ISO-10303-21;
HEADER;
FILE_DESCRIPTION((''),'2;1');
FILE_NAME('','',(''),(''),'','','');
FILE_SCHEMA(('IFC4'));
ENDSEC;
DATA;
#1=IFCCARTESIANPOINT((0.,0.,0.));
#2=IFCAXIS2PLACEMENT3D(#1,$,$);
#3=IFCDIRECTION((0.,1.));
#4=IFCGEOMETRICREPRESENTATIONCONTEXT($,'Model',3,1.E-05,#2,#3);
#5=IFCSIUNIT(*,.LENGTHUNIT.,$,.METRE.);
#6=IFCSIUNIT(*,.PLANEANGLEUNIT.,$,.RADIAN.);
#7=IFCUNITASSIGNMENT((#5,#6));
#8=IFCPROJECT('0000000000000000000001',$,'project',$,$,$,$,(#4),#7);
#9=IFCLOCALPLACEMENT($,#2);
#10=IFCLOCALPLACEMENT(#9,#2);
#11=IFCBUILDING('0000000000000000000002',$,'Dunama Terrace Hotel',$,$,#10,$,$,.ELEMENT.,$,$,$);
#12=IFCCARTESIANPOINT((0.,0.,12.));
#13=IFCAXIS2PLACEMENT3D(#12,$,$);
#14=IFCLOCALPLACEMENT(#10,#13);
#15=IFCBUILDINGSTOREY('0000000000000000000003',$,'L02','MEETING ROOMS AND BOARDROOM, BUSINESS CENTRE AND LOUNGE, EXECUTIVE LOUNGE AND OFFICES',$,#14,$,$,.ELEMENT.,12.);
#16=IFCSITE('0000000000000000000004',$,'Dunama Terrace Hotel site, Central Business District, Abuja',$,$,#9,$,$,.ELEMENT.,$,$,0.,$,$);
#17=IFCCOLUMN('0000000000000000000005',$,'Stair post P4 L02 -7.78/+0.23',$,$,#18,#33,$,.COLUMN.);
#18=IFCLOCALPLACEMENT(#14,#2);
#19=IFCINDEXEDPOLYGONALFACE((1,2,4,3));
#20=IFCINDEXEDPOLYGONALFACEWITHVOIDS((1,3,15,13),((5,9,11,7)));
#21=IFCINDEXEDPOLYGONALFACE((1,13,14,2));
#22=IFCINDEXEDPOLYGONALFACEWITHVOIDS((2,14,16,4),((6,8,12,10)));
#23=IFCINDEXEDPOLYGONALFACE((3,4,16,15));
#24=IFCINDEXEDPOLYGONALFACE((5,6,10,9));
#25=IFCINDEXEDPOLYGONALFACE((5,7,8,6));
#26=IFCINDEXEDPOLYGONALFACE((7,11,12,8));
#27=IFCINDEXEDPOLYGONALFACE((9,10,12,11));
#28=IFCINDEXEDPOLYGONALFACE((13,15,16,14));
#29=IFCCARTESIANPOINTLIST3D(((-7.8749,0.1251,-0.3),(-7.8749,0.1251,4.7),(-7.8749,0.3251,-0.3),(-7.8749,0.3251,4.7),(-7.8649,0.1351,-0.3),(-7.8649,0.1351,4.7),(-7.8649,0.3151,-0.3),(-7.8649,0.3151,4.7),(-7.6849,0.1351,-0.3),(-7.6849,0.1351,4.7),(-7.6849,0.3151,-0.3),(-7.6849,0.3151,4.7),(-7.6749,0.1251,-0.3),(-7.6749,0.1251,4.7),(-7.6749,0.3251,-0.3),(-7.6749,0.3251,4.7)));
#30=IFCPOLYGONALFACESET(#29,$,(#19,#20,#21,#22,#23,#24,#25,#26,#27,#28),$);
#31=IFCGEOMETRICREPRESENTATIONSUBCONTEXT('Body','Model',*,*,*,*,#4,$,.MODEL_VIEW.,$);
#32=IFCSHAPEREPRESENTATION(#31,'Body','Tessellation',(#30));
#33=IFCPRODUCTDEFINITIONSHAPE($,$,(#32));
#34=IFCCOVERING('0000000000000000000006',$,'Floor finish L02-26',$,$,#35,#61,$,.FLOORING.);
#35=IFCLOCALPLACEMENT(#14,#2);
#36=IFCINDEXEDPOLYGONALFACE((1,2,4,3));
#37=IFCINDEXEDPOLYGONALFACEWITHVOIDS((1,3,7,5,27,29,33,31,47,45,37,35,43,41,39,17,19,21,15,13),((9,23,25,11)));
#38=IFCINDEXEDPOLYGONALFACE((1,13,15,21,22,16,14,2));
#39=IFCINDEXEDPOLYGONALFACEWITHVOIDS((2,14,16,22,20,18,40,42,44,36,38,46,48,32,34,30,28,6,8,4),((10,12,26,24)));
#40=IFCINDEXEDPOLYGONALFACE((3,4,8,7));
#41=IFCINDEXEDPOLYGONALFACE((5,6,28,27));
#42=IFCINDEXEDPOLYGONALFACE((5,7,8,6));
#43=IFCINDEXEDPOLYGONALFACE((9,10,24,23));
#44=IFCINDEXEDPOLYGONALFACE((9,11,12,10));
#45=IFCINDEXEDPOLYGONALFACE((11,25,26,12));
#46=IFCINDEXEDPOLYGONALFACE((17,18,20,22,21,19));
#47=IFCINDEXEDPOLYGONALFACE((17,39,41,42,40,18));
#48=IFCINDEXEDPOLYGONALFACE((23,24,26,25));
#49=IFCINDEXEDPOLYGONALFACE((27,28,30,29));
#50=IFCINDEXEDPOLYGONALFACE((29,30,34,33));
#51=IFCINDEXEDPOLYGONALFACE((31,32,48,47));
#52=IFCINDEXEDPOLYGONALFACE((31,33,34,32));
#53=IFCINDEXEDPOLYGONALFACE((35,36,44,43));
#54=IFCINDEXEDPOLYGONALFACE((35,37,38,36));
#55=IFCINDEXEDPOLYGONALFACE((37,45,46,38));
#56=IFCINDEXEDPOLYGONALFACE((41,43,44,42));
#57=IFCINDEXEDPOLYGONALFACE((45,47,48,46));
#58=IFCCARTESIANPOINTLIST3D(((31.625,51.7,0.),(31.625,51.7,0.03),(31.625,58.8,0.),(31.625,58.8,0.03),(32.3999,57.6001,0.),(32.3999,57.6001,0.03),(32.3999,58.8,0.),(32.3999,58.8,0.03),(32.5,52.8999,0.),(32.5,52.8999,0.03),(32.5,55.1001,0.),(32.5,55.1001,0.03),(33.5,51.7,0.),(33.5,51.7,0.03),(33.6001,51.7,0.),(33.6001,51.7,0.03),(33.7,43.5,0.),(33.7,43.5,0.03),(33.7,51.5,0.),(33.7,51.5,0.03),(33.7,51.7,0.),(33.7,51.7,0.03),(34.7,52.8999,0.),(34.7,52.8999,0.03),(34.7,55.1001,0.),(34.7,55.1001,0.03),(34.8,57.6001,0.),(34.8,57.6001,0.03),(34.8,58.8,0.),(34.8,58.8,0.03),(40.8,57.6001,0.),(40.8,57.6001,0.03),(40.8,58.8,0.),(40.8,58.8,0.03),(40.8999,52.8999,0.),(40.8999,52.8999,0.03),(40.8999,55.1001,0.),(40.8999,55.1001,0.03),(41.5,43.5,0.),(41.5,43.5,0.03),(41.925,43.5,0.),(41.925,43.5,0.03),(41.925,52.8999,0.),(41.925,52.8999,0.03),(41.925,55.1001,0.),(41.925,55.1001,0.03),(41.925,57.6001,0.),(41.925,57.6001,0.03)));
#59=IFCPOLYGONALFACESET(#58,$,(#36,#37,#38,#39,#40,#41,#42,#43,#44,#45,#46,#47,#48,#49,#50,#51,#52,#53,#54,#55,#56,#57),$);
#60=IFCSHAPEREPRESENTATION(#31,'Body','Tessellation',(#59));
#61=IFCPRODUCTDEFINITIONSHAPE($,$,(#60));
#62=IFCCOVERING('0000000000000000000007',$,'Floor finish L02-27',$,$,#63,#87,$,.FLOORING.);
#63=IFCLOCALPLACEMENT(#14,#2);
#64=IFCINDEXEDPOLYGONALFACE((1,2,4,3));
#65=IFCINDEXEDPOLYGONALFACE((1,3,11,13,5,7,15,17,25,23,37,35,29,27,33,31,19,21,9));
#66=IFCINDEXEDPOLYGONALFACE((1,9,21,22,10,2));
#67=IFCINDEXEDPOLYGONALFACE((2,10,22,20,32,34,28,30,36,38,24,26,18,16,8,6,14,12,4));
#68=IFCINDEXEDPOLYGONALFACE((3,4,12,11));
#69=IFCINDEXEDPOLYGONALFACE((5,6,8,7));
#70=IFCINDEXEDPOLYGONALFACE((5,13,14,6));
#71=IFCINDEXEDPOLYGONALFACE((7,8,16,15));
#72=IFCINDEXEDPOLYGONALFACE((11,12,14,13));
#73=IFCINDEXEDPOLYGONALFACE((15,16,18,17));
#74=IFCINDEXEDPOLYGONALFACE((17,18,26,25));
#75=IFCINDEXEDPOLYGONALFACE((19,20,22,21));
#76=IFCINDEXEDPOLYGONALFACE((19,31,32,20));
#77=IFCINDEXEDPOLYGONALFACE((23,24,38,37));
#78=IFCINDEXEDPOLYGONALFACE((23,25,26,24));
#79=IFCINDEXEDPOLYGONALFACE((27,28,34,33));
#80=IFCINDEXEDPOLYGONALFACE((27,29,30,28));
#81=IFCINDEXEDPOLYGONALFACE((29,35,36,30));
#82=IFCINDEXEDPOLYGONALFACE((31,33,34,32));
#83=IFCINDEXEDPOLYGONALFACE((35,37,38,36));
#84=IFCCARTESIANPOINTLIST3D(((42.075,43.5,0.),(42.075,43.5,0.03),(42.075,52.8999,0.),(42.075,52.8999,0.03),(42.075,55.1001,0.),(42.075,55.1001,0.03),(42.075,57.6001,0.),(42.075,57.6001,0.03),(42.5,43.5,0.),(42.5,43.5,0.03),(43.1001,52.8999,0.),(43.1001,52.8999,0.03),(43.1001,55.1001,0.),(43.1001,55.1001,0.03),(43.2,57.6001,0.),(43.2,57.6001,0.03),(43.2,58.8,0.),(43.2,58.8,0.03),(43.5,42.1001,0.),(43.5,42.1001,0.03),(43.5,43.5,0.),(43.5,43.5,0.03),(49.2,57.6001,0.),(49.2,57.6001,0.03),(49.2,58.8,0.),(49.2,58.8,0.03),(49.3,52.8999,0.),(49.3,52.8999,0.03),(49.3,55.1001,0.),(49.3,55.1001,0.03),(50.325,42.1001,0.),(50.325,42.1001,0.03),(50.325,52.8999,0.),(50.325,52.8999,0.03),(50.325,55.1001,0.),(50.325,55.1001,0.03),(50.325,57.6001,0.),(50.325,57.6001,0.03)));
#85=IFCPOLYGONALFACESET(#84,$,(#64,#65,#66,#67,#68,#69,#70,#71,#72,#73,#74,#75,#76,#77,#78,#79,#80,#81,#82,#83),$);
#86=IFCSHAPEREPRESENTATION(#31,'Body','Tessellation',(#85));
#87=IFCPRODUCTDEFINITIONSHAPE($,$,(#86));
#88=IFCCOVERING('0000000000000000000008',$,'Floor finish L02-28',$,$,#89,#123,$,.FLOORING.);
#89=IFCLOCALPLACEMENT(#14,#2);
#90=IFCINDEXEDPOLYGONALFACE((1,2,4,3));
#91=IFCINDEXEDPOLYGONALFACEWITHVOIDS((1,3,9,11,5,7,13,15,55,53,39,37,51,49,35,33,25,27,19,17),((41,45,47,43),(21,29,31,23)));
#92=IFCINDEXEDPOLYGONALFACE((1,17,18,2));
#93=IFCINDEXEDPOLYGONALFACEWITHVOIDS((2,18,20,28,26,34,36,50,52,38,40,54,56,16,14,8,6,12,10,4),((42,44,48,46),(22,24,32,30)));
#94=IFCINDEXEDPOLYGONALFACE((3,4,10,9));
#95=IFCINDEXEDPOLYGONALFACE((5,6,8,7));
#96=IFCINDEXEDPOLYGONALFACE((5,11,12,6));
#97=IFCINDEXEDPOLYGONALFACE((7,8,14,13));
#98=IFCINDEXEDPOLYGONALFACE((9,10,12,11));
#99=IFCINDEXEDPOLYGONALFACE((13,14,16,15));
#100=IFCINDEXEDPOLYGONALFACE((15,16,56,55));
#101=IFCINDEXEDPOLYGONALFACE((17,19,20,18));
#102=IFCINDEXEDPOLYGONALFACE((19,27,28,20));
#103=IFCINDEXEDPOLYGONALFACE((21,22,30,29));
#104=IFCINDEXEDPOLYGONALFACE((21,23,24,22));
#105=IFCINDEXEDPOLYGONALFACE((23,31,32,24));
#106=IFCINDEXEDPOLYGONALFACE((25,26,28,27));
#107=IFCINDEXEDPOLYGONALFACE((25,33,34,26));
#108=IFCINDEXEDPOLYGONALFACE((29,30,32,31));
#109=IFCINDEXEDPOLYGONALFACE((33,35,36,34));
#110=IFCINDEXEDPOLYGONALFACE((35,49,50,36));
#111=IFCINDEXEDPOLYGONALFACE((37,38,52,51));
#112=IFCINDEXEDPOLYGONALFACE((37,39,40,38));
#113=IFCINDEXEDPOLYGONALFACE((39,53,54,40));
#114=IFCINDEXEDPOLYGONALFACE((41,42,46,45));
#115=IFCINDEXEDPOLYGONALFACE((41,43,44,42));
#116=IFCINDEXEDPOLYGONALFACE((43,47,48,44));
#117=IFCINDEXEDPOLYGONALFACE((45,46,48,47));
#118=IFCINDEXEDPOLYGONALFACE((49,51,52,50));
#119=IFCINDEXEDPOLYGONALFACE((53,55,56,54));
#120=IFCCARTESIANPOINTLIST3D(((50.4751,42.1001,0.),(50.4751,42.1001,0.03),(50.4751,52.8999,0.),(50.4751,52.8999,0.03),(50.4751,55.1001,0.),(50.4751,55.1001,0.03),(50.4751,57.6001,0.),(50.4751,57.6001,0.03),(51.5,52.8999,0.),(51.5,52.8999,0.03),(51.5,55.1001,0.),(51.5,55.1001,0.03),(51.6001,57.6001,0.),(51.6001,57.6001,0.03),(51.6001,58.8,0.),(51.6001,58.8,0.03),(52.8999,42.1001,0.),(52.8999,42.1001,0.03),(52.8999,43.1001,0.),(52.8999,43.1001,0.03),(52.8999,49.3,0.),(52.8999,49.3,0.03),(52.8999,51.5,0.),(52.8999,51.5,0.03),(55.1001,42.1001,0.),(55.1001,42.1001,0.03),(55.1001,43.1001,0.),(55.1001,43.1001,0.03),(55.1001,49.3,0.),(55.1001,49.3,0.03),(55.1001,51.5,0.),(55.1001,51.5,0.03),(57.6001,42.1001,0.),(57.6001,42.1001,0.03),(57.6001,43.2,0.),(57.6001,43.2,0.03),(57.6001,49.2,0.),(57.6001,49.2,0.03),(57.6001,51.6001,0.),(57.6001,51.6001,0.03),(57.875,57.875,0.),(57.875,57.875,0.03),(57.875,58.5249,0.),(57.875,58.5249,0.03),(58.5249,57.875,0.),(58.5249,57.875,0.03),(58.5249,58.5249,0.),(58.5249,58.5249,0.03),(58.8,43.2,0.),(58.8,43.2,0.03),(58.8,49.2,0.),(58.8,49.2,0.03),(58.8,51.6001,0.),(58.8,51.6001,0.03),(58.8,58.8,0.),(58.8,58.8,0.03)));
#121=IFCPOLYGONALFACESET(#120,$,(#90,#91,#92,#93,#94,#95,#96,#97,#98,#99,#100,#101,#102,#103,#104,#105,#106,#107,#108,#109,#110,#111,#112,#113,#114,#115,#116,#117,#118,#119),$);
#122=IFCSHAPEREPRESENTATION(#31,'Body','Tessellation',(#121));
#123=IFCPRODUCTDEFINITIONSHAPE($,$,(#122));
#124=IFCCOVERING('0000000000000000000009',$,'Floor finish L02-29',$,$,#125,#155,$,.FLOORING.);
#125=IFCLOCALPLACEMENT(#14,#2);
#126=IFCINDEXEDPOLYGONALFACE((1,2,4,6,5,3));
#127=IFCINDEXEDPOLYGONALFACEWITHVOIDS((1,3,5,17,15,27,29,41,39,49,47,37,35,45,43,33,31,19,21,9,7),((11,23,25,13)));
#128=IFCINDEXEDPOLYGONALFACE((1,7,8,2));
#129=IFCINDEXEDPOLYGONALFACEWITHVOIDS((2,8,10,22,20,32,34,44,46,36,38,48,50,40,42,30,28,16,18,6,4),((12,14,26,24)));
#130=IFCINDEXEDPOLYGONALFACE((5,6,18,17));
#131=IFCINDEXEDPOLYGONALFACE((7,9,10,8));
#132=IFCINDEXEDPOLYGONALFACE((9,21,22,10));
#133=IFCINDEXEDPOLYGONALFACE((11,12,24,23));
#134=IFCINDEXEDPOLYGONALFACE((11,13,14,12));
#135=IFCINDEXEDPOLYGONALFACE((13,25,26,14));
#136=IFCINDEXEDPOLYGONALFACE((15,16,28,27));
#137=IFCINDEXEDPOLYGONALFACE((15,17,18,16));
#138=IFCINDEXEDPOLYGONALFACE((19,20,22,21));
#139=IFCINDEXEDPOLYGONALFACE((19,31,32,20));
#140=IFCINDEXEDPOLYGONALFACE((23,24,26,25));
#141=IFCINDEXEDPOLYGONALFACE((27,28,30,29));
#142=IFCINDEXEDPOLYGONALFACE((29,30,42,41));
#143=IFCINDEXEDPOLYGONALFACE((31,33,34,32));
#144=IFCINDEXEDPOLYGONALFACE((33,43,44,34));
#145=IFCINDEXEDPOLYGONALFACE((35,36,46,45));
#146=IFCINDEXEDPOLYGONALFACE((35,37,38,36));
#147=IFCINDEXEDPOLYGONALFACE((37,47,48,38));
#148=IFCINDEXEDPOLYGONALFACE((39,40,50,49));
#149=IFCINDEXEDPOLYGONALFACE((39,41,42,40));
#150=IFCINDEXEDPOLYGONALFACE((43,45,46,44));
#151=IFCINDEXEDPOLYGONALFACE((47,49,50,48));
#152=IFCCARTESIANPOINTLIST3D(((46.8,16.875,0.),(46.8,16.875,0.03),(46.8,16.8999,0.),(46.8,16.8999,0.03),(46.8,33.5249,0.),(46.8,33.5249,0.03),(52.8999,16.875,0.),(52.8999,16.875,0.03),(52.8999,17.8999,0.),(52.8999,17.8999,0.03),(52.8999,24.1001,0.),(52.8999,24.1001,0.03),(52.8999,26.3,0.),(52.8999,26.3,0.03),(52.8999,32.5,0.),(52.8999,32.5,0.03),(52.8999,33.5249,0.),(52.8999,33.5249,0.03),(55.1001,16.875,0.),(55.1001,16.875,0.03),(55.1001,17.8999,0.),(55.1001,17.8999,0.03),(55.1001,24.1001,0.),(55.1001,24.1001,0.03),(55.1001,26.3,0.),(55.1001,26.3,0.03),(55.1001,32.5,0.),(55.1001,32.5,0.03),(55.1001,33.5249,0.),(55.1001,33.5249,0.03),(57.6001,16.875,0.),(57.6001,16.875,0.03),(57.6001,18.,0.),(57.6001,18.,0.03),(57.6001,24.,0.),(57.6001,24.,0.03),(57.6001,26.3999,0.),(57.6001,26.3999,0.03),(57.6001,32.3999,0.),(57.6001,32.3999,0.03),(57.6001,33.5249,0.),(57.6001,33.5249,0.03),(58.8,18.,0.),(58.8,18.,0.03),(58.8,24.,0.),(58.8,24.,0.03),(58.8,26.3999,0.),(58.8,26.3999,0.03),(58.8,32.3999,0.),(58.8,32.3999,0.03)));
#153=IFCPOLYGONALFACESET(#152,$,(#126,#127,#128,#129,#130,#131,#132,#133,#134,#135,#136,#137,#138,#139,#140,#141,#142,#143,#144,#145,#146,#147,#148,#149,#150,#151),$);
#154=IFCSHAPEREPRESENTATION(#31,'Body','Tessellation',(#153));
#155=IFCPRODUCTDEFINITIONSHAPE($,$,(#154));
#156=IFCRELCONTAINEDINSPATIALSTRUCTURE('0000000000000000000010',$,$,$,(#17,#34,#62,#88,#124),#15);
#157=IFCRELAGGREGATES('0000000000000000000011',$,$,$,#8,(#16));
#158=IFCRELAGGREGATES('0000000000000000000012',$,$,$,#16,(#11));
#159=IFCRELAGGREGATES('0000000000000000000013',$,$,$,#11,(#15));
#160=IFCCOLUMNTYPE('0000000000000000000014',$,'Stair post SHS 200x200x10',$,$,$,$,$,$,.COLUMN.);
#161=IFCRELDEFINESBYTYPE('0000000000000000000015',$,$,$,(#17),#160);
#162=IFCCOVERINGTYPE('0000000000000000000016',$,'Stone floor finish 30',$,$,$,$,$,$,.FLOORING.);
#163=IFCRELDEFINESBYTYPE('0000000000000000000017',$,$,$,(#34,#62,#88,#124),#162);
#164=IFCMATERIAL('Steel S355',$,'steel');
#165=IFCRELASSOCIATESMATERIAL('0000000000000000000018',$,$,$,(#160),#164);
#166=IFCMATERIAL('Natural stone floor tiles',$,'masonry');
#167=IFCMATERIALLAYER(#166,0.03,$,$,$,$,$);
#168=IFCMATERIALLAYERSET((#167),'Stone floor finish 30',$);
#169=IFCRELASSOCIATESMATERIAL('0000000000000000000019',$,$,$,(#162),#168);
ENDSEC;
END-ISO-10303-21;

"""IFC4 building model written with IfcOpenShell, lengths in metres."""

from ifc_helpers import new_model, si_unit, direction, frame, origin, origin_2d, place, context, subcontext, project, spatial, polyline, hollow_rectangle, outline, extrude, material, layer, layer_set, material_profile, profile_set, type_object, element, save


model = new_model("IFC4")

# Units and contexts
model_context = context("Model", 3, precision=1e-05, world=origin(), true_north=direction((0.0, 1.0)))
body_context = subcontext(model_context, "Body", "Model", "MODEL_VIEW")
ifc_project = project(units=[si_unit("LENGTHUNIT", "METRE"), si_unit("PLANEANGLEUNIT", "RADIAN")], contexts=[model_context])

# Site, building, storey
site_placement = place(None, origin())
site = spatial("IfcSite", under=ifc_project, at=site_placement, Name="Dunama Terrace Hotel site, Central Business District, Abuja", CompositionType="ELEMENT", RefElevation=0.0)
building_placement = place(site_placement, origin())
building = spatial("IfcBuilding", under=site, at=building_placement, Name="Dunama Terrace Hotel", CompositionType="ELEMENT")
storey_placement = place(building_placement, frame((0.0, 0.0, 12.0)))
storey = spatial("IfcBuildingStorey", under=building, at=storey_placement, Name="L02", Description="MEETING ROOMS AND BOARDROOM, BUSINESS CENTRE AND LOUNGE, EXECUTIVE LOUNGE AND OFFICES", CompositionType="ELEMENT", Elevation=12.0)

# Column
ifc_material_1 = material(Name="Steel S355", Category="steel")
ifc_material_profile = material_profile(ifc_material_1, hollow_rectangle(XDim=0.2, YDim=0.2, WallThickness=0.01, at=origin_2d()), Name="SHS 200x200x10")
ifc_profile_set = profile_set([ifc_material_profile], Name="Steel S355")
column_type = type_object("IfcColumnType", Name="Stair post SHS 200x200x10", PredefinedType="COLUMN", material=ifc_profile_set)
column_placement = place(storey_placement, frame((-7.7749, 0.2251, -0.3), z_axis=(0.0, 0.0, 1.0), x_axis=(1.0, 0.0, 0.0)))
element("IfcColumn", 1, at=column_placement, inside=storey, type_object=column_type, Name="Stair post P4 L02 -7.78/+0.23", PredefinedType="COLUMN", context=body_context, shape_type="SweptSolid", body=[
    extrude(hollow_rectangle(XDim=0.2, YDim=0.2, WallThickness=0.01, at=origin_2d()), origin(), (0.0, 0.0, 1.0), 5.0),
])

# Coverings
ifc_material_2 = material(Name="Natural stone floor tiles", Category="masonry")
ifc_layer_1 = layer(ifc_material_2, 0.03)
ifc_layer_set_1 = layer_set([ifc_layer_1], Name="Stone floor finish 30")
covering_type_1 = type_object("IfcCoveringType", Name="Stone floor finish 30", PredefinedType="FLOORING", material=ifc_layer_set_1)
covering_1_placement = place(storey_placement, origin())
element("IfcCovering", 2, at=covering_1_placement, inside=storey, type_object=covering_type_1, Name="Floor finish L02-26", PredefinedType="FLOORING", context=body_context, shape_type="SweptSolid", body=[
    extrude(outline(polyline([(32.3999, 58.8), (31.625, 58.8), (31.625, 51.7), (33.5, 51.7), (33.6001, 51.7), (33.7, 51.7), (33.7, 51.5), (33.7, 43.5), (41.5, 43.5), (41.925, 43.5), (41.925, 52.8999), (40.8999, 52.8999), (40.8999, 55.1001), (41.925, 55.1001), (41.925, 57.6001), (40.8, 57.6001), (40.8, 58.8), (34.8, 58.8), (34.8, 57.6001), (32.3999, 57.6001), (32.3999, 58.8)]), holes=[polyline([(34.7, 55.1001), (34.7, 52.8999), (32.5, 52.8999), (32.5, 55.1001), (34.7, 55.1001)])]), origin(), (0.0, 0.0, 1.0), 0.03),
])
covering_2_placement = place(storey_placement, origin())
element("IfcCovering", 3, at=covering_2_placement, inside=storey, type_object=covering_type_1, Name="Floor finish L02-27", PredefinedType="FLOORING", context=body_context, shape_type="SweptSolid", body=[
    extrude(outline(polyline([(49.2, 58.8), (43.2, 58.8), (43.2, 57.6001), (42.075, 57.6001), (42.075, 55.1001), (43.1001, 55.1001), (43.1001, 52.8999), (42.075, 52.8999), (42.075, 43.5), (42.5, 43.5), (43.5, 43.5), (43.5, 42.1001), (50.325, 42.1001), (50.325, 52.8999), (49.3, 52.8999), (49.3, 55.1001), (50.325, 55.1001), (50.325, 57.6001), (49.2, 57.6001), (49.2, 58.8)])), origin(), (0.0, 0.0, 1.0), 0.03),
])
covering_3_placement = place(storey_placement, origin())
element("IfcCovering", 4, at=covering_3_placement, inside=storey, type_object=covering_type_1, Name="Floor finish L02-28", PredefinedType="FLOORING", context=body_context, shape_type="SweptSolid", body=[
    extrude(outline(polyline([(58.8, 58.8), (51.6001, 58.8), (51.6001, 57.6001), (50.4751, 57.6001), (50.4751, 55.1001), (51.5, 55.1001), (51.5, 52.8999), (50.4751, 52.8999), (50.4751, 42.1001), (52.8999, 42.1001), (52.8999, 43.1001), (55.1001, 43.1001), (55.1001, 42.1001), (57.6001, 42.1001), (57.6001, 43.2), (58.8, 43.2), (58.8, 49.2), (57.6001, 49.2), (57.6001, 51.6001), (58.8, 51.6001), (58.8, 58.8)]), holes=[polyline([(55.1001, 51.5), (55.1001, 49.3), (52.8999, 49.3), (52.8999, 51.5), (55.1001, 51.5)]), polyline([(58.5249, 58.5249), (58.5249, 57.875), (57.875, 57.875), (57.875, 58.5249), (58.5249, 58.5249)])]), origin(), (0.0, 0.0, 1.0), 0.03),
])
covering_4_placement = place(storey_placement, origin())
element("IfcCovering", 5, at=covering_4_placement, inside=storey, type_object=covering_type_1, Name="Floor finish L02-29", PredefinedType="FLOORING", context=body_context, shape_type="SweptSolid", body=[
    extrude(outline(polyline([(58.8, 26.3999), (58.8, 32.3999), (57.6001, 32.3999), (57.6001, 33.5249), (55.1001, 33.5249), (55.1001, 32.5), (52.8999, 32.5), (52.8999, 33.5249), (46.8, 33.5249), (46.8, 16.8999), (46.8, 16.875), (52.8999, 16.875), (52.8999, 17.8999), (55.1001, 17.8999), (55.1001, 16.875), (57.6001, 16.875), (57.6001, 18.0), (58.8, 18.0), (58.8, 24.0), (57.6001, 24.0), (57.6001, 26.3999), (58.8, 26.3999)]), holes=[polyline([(52.8999, 26.3), (55.1001, 26.3), (55.1001, 24.1001), (52.8999, 24.1001), (52.8999, 26.3)])]), origin(), (0.0, 0.0, 1.0), 0.03),
])

save(model, "model.ifc")
